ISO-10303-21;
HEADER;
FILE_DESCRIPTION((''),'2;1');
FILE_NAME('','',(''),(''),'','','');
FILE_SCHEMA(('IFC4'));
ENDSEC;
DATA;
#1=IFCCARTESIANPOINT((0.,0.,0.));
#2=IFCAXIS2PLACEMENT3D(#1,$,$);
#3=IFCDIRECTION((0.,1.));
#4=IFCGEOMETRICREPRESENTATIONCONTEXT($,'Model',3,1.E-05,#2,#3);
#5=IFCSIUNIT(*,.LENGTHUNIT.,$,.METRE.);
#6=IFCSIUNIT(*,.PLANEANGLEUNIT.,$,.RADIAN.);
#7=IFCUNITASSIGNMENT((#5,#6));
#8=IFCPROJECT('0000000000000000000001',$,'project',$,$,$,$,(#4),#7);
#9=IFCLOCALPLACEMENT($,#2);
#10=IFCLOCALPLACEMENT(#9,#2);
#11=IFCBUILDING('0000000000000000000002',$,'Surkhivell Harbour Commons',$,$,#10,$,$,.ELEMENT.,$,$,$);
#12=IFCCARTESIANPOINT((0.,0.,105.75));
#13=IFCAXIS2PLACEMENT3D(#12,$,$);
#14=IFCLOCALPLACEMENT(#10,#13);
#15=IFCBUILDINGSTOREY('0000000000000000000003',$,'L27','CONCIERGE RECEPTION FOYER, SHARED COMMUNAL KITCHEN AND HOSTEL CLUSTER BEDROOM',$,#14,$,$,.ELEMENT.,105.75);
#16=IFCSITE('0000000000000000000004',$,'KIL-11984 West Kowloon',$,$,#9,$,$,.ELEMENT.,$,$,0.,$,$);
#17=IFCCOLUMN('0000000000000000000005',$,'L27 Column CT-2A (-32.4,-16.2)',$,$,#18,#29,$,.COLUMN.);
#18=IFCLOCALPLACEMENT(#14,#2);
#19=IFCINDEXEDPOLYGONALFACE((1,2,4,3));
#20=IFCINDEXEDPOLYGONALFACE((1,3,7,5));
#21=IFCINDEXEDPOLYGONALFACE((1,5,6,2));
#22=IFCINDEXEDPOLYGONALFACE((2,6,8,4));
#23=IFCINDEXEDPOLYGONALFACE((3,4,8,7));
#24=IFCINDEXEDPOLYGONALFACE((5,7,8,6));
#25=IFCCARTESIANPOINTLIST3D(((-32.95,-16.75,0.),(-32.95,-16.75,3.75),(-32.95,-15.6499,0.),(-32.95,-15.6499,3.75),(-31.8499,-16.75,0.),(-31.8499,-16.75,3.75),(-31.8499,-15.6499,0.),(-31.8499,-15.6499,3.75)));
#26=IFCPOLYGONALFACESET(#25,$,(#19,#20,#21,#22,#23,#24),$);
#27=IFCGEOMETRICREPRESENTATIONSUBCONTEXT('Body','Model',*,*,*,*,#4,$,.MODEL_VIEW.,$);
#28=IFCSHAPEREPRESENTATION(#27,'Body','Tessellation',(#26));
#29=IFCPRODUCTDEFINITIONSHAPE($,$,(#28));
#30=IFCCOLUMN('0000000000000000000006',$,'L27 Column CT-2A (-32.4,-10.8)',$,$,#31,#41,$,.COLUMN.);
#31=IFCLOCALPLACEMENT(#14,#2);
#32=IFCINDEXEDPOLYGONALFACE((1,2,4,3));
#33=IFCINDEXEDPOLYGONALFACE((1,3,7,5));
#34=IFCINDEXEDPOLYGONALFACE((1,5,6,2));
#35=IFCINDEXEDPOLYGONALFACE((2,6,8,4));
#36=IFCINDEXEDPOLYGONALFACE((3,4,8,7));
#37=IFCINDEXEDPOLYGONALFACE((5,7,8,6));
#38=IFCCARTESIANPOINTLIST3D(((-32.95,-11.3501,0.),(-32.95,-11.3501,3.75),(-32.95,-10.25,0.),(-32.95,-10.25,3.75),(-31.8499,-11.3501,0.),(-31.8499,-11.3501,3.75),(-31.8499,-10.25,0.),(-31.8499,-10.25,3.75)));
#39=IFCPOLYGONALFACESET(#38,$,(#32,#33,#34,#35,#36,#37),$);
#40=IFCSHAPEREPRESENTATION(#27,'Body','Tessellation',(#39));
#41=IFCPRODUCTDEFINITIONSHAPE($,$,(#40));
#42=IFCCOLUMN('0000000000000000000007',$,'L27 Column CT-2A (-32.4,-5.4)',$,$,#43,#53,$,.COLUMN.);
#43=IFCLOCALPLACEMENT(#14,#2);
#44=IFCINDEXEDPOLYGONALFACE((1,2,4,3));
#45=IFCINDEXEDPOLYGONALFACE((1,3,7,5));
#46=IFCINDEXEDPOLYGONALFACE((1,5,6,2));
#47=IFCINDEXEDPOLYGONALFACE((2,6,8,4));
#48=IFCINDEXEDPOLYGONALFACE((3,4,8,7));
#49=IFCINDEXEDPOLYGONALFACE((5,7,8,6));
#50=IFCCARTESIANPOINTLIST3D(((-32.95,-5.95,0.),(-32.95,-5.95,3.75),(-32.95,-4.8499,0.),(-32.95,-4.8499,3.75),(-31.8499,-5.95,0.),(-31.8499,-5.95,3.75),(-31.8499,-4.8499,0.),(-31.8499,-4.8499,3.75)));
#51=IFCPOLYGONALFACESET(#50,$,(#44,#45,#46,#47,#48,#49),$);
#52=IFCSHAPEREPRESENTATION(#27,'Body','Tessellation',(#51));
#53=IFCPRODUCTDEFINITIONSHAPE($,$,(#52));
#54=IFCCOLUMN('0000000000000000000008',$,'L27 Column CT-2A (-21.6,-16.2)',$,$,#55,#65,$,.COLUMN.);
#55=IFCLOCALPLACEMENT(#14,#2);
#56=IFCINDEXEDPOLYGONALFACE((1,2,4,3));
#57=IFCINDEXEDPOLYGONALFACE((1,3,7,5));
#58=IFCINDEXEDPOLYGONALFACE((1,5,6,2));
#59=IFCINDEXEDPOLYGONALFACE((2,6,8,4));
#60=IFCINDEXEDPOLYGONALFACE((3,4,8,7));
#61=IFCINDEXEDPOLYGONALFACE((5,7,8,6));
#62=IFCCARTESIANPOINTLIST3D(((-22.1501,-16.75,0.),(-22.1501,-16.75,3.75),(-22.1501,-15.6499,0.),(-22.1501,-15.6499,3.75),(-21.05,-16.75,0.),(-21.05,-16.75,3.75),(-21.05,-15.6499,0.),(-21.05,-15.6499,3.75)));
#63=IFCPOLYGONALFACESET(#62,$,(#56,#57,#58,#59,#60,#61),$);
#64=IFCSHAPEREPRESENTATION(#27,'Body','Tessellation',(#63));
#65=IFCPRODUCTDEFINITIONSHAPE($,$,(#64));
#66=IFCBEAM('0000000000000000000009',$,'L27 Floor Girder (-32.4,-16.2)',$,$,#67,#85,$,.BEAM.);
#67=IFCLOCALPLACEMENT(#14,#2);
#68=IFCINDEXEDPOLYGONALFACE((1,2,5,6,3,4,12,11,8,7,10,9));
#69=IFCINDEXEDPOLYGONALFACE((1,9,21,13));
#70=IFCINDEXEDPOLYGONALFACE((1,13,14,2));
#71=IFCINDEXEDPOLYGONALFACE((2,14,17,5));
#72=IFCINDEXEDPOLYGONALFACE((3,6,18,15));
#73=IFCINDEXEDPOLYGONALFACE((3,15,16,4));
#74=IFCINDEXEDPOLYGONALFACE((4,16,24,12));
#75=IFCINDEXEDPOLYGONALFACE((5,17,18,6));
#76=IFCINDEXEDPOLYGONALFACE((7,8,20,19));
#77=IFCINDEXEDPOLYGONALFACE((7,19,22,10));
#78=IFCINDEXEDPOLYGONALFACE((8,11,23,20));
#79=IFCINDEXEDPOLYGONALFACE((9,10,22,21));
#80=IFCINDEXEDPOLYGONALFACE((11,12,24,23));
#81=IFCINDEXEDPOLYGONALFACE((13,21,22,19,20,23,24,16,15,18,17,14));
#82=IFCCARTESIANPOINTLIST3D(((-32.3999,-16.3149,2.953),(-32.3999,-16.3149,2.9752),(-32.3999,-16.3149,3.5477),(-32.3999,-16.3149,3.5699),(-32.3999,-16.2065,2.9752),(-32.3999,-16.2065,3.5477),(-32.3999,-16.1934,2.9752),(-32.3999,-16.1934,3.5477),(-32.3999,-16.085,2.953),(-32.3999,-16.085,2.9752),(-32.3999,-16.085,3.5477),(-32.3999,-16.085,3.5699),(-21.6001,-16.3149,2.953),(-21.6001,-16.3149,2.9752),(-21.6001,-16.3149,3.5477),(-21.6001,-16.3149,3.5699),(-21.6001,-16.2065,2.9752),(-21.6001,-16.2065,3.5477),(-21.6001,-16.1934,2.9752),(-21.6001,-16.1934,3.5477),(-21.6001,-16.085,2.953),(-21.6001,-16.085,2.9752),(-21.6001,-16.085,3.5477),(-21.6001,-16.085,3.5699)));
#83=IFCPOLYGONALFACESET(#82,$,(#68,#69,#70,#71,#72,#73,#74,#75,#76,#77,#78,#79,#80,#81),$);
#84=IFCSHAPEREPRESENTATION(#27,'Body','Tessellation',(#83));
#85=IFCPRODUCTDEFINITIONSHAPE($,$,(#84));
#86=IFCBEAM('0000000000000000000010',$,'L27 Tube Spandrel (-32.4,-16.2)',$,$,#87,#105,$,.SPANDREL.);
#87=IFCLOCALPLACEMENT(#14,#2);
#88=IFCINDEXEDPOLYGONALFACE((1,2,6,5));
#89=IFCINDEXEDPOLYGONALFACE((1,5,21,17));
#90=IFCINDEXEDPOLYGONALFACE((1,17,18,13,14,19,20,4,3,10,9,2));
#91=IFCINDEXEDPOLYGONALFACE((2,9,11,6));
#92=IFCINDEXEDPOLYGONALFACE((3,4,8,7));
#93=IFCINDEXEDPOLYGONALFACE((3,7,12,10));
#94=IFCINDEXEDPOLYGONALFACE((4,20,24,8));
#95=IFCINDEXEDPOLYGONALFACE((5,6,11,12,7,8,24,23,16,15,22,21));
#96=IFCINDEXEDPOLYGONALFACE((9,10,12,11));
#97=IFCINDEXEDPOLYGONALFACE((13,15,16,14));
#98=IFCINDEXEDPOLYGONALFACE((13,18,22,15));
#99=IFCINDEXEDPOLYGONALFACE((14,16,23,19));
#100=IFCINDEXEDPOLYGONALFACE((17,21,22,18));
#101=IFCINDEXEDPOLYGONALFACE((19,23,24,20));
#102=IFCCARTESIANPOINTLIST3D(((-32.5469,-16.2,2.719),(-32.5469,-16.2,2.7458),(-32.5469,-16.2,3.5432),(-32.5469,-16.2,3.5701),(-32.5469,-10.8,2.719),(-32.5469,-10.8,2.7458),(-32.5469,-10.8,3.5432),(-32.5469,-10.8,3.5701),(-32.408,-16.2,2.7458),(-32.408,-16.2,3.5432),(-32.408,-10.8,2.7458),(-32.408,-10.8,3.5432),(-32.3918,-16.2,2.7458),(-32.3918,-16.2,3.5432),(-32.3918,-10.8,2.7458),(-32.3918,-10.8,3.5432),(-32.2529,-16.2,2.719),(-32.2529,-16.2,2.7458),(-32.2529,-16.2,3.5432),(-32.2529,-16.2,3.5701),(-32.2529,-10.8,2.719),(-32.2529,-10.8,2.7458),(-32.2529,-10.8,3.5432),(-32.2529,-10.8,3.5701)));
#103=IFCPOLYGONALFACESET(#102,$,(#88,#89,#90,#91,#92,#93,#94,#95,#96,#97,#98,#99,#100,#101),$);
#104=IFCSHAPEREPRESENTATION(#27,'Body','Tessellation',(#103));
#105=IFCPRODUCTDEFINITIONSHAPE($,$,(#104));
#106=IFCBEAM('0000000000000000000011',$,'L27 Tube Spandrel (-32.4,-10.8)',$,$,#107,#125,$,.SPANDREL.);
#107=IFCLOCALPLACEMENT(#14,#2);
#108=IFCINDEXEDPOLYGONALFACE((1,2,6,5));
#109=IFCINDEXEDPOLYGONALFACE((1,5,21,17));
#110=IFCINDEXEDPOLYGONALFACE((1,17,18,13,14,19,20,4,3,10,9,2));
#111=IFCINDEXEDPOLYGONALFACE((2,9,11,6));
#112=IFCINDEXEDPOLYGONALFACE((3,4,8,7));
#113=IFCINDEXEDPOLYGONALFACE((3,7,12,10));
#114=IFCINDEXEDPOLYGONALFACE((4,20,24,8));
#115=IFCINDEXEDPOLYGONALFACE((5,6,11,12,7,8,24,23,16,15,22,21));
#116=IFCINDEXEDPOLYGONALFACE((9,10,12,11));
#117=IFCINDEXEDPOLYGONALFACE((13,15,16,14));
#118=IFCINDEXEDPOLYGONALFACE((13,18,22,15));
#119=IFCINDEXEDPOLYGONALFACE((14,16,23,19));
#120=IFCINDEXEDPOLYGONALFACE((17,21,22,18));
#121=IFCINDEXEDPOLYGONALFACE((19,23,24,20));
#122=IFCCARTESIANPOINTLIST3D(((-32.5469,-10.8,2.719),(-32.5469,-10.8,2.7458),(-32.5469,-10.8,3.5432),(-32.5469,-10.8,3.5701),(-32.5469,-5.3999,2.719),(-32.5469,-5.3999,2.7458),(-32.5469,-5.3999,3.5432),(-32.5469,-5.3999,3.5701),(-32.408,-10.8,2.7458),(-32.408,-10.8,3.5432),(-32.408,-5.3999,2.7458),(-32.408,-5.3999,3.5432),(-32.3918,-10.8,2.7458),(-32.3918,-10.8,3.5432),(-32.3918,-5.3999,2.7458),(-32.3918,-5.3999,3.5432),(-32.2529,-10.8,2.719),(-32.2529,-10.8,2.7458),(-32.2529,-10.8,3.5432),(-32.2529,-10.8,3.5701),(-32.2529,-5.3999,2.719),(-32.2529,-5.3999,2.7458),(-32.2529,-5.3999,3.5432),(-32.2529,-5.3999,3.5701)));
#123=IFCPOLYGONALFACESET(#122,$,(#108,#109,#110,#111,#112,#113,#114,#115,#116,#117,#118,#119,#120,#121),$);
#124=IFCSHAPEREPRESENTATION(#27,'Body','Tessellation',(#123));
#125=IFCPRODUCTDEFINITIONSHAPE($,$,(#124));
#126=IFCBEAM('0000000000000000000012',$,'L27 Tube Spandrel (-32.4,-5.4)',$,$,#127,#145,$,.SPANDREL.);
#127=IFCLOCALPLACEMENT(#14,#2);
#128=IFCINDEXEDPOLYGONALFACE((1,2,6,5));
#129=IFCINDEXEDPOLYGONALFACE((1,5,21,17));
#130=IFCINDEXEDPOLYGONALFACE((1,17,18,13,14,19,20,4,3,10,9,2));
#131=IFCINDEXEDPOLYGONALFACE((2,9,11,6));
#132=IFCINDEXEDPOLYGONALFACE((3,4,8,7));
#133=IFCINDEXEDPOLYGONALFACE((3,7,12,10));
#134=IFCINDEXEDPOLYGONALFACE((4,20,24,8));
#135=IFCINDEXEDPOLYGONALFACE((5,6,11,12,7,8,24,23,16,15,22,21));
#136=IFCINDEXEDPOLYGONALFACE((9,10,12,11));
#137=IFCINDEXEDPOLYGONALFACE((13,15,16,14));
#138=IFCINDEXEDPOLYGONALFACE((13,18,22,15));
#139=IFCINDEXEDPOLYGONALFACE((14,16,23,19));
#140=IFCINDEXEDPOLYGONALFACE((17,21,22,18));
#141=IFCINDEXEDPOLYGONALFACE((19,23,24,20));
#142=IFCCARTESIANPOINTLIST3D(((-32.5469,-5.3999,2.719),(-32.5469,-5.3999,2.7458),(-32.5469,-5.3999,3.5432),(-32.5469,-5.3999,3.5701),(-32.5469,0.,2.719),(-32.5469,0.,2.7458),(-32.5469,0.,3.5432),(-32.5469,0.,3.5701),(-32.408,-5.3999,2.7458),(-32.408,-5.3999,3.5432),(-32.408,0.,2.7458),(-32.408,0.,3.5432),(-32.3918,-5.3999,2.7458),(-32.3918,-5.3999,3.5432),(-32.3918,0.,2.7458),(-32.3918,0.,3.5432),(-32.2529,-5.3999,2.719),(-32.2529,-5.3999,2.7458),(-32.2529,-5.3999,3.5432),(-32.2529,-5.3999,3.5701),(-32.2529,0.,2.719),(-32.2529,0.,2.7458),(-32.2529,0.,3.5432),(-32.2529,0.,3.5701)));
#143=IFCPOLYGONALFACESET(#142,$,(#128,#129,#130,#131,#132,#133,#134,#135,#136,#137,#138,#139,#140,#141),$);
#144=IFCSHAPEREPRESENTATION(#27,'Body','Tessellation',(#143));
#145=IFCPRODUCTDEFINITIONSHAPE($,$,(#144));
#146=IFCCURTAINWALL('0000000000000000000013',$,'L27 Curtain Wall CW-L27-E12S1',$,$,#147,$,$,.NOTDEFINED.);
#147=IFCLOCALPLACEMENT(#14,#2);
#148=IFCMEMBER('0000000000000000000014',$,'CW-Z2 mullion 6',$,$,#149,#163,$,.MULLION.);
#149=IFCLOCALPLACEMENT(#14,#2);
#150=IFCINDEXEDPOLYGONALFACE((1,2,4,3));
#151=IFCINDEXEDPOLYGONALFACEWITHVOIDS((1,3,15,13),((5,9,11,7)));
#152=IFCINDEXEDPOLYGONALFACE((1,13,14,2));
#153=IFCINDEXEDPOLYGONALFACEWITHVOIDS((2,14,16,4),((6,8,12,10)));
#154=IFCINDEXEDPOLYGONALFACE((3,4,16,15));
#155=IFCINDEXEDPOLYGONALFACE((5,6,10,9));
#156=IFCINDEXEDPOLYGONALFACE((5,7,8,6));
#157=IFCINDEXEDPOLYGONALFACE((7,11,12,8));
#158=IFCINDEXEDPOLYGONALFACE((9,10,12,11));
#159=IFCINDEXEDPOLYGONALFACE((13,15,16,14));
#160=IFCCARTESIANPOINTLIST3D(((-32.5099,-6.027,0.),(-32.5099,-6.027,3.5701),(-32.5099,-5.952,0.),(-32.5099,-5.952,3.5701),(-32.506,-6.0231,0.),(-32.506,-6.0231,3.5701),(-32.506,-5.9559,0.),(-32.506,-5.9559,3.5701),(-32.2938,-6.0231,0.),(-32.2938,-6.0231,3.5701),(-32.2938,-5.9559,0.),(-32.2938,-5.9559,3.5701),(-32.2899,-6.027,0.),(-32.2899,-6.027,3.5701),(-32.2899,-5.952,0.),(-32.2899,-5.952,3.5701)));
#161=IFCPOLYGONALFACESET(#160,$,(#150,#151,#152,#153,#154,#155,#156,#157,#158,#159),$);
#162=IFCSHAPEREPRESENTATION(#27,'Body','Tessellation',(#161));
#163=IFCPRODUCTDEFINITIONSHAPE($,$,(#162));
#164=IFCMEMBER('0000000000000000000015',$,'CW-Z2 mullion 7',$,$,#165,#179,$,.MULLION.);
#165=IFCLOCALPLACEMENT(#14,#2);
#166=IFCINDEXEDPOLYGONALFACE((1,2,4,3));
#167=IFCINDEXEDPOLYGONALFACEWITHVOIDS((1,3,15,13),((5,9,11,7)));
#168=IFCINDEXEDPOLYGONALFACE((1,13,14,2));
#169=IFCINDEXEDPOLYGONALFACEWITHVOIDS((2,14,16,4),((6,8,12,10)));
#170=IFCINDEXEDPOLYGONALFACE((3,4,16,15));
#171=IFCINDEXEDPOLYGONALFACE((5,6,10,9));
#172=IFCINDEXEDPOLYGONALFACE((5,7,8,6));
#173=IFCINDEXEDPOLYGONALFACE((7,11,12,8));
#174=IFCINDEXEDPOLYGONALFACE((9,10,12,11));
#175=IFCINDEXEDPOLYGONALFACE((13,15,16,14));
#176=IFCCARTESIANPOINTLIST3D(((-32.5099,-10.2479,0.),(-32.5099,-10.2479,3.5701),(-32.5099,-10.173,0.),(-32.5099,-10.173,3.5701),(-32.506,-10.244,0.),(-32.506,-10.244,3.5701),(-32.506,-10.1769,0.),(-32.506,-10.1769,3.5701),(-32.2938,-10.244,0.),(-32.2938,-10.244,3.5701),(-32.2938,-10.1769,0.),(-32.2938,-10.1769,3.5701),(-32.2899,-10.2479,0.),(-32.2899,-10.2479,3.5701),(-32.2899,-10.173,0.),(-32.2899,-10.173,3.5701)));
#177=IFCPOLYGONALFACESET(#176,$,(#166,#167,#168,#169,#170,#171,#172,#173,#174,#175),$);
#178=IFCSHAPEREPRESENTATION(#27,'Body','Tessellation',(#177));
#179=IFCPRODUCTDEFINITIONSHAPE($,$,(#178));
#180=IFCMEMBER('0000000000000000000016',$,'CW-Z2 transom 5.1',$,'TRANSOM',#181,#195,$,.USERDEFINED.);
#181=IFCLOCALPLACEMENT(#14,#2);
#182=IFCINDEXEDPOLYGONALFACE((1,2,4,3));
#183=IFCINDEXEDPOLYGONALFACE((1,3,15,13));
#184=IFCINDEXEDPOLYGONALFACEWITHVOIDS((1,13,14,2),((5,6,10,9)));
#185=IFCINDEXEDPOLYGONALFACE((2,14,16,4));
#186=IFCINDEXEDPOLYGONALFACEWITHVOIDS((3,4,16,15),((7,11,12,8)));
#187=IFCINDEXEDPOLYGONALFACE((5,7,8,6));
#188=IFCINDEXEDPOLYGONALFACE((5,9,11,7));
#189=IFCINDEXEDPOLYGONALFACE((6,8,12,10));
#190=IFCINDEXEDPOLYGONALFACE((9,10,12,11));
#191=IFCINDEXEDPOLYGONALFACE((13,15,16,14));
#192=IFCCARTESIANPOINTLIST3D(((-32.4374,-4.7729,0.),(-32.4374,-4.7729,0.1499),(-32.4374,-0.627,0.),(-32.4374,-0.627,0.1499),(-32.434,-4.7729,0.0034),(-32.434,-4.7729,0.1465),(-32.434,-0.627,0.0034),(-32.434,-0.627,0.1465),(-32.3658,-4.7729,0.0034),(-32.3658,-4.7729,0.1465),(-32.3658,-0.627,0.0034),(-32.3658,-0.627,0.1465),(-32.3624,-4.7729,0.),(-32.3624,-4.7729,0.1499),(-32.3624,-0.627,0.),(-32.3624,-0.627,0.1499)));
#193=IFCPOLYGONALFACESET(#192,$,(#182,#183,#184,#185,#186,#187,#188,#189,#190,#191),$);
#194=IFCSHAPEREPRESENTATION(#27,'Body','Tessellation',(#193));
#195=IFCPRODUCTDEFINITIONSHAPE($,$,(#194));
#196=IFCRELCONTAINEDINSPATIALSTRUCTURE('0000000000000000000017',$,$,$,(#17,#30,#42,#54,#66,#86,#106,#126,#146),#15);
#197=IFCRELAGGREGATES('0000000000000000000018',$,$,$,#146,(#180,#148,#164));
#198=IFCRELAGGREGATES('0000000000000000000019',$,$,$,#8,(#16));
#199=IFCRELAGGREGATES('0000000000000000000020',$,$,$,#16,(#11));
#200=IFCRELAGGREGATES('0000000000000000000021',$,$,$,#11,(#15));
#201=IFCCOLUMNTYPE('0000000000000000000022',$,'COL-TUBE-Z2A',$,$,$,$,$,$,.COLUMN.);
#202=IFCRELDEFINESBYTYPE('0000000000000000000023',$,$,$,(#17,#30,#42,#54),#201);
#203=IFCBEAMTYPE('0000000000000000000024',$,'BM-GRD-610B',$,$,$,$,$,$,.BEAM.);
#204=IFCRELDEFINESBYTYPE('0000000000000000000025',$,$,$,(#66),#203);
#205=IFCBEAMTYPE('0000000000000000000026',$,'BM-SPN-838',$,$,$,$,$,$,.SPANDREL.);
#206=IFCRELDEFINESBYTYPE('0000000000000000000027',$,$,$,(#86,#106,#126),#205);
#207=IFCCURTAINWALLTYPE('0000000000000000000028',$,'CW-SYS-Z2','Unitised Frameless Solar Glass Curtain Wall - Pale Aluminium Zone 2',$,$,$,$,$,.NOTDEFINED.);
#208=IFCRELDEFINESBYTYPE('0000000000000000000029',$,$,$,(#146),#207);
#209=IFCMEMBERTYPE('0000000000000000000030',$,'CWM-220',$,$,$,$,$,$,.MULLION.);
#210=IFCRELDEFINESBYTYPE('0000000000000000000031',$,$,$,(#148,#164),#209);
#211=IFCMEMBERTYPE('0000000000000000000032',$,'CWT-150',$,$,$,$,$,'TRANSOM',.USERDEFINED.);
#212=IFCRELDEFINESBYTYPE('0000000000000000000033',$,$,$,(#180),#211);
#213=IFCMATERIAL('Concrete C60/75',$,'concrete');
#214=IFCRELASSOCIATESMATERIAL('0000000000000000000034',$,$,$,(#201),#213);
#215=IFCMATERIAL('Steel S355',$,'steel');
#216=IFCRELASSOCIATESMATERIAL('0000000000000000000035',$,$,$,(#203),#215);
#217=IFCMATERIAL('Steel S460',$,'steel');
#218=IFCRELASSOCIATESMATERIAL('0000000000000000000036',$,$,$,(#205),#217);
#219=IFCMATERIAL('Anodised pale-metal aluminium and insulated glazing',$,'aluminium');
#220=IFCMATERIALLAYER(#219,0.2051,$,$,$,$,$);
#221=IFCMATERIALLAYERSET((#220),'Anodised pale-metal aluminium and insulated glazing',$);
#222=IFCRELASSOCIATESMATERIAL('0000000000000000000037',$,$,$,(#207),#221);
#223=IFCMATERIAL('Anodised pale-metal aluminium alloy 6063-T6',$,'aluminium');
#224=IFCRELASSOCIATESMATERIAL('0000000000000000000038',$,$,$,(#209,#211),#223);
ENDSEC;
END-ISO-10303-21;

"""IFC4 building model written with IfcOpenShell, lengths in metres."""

from ifc_helpers import new_model, si_unit, direction, frame, origin, origin_2d, place, context, subcontext, project, spatial, rectangle, hollow_rectangle, i_section, extrude, material, layer, layer_set, material_profile, profile_set, type_object, element, aggregate, save


model = new_model("IFC4")

# Units and contexts
model_context = context("Model", 3, precision=1e-05, world=origin(), true_north=direction((0.0, 1.0)))
body_context = subcontext(model_context, "Body", "Model", "MODEL_VIEW")
ifc_project = project(units=[si_unit("LENGTHUNIT", "METRE"), si_unit("PLANEANGLEUNIT", "RADIAN")], contexts=[model_context])

# Site, building, storey
site_placement = place(None, origin())
site = spatial("IfcSite", under=ifc_project, at=site_placement, Name="KIL-11984 West Kowloon", CompositionType="ELEMENT", RefElevation=0.0)
building_placement = place(site_placement, origin())
building = spatial("IfcBuilding", under=site, at=building_placement, Name="Surkhivell Harbour Commons", CompositionType="ELEMENT")
storey_placement = place(building_placement, frame((0.0, 0.0, 105.75)))
storey = spatial("IfcBuildingStorey", under=building, at=storey_placement, Name="L27", Description="CONCIERGE RECEPTION FOYER, SHARED COMMUNAL KITCHEN AND HOSTEL CLUSTER BEDROOM", CompositionType="ELEMENT", Elevation=105.75)

# Columns
ifc_material_1 = material(Name="Concrete C60/75", Category="concrete")
ifc_material_profile_1 = material_profile(ifc_material_1, rectangle(XDim=1.1001, YDim=1.1001, at=origin_2d()), Name="RC-COL-1100x1100")
ifc_profile_set_1 = profile_set([ifc_material_profile_1], Name="Concrete C60/75")
column_type = type_object("IfcColumnType", Name="COL-TUBE-Z2A", PredefinedType="COLUMN", material=ifc_profile_set_1)
for number, where, z_axis, x_axis, name in (
    (1, (-32.3999, -16.2, 0.0), (0.0, 0.0, 1.0), (1.0, 0.0, 0.0), "L27 Column CT-2A (-32.4,-16.2)"),
    (2, (-32.3999, -10.8, 0.0), (0.0, 0.0, 1.0), (1.0, 0.0, 0.0), "L27 Column CT-2A (-32.4,-10.8)"),
    (3, (-32.3999, -5.3999, 0.0), (0.0, 0.0, 1.0), (1.0, 0.0, 0.0), "L27 Column CT-2A (-32.4,-5.4)"),
    (4, (-21.6001, -16.2, 0.0), (0.0, 0.0, 1.0), (1.0, 0.0, 0.0), "L27 Column CT-2A (-21.6,-16.2)"),
):
    element("IfcColumn", number, at=place(storey_placement, frame(where, z_axis=z_axis, x_axis=x_axis)), inside=storey, type_object=column_type, Name=name, PredefinedType="COLUMN", context=body_context, shape_type="SweptSolid", body=[
        extrude(rectangle(XDim=1.1001, YDim=1.1001, at=origin_2d()), origin(), (0.0, 0.0, 1.0), 3.75),
    ])

# Beams
ifc_material_2 = material(Name="Steel S355", Category="steel")
ifc_material_profile_2 = material_profile(ifc_material_2, i_section(OverallWidth=0.23, OverallDepth=0.6169, WebThickness=0.0132, FlangeThickness=0.0222, at=origin_2d()), Name="UB610x229x140")
ifc_profile_set_2 = profile_set([ifc_material_profile_2], Name="Steel S355")
beam_type_1 = type_object("IfcBeamType", Name="BM-GRD-610B", PredefinedType="BEAM", material=ifc_profile_set_2)
beam_1_placement = place(storey_placement, frame((-32.3999, -16.2, 3.2615), z_axis=(1.0, 0.0, 0.0), x_axis=(0.0, 1.0, 0.0)))
element("IfcBeam", 5, at=beam_1_placement, inside=storey, type_object=beam_type_1, Name="L27 Floor Girder (-32.4,-16.2)", PredefinedType="BEAM", context=body_context, shape_type="SweptSolid", body=[
    extrude(i_section(OverallWidth=0.23, OverallDepth=0.6169, WebThickness=0.0132, FlangeThickness=0.0222, at=origin_2d()), origin(), (0.0, 0.0, 1.0), 10.7998),
])
ifc_material_3 = material(Name="Steel S460", Category="steel")
ifc_material_profile_3 = material_profile(ifc_material_3, i_section(OverallWidth=0.2939, OverallDepth=0.8511, WebThickness=0.0161, FlangeThickness=0.0269, at=origin_2d()), Name="UB838x292x226")
ifc_profile_set_3 = profile_set([ifc_material_profile_3], Name="Steel S460")
beam_type_2 = type_object("IfcBeamType", Name="BM-SPN-838", PredefinedType="SPANDREL", material=ifc_profile_set_3)
beam_2_placement = place(storey_placement, frame((-32.3999, -16.2, 3.1445), z_axis=(0.0, 1.0, 0.0), x_axis=(-1.0, 0.0, 0.0)))
element("IfcBeam", 6, at=beam_2_placement, inside=storey, type_object=beam_type_2, Name="L27 Tube Spandrel (-32.4,-16.2)", PredefinedType="SPANDREL", context=body_context, shape_type="SweptSolid", body=[
    extrude(i_section(OverallWidth=0.2939, OverallDepth=0.8511, WebThickness=0.0161, FlangeThickness=0.0269, at=origin_2d()), origin(), (0.0, 0.0, 1.0), 5.3999),
])
beam_3_placement = place(storey_placement, frame((-32.3999, -10.8, 3.1445), z_axis=(0.0, 1.0, 0.0), x_axis=(-1.0, 0.0, 0.0)))
element("IfcBeam", 7, at=beam_3_placement, inside=storey, type_object=beam_type_2, Name="L27 Tube Spandrel (-32.4,-10.8)", PredefinedType="SPANDREL", context=body_context, shape_type="SweptSolid", body=[
    extrude(i_section(OverallWidth=0.2939, OverallDepth=0.8511, WebThickness=0.0161, FlangeThickness=0.0269, at=origin_2d()), origin(), (0.0, 0.0, 1.0), 5.4001),
])
beam_4_placement = place(storey_placement, frame((-32.3999, -5.3999, 3.1445), z_axis=(0.0, 1.0, 0.0), x_axis=(-1.0, 0.0, 0.0)))
element("IfcBeam", 8, at=beam_4_placement, inside=storey, type_object=beam_type_2, Name="L27 Tube Spandrel (-32.4,-5.4)", PredefinedType="SPANDREL", context=body_context, shape_type="SweptSolid", body=[
    extrude(i_section(OverallWidth=0.2939, OverallDepth=0.8511, WebThickness=0.0161, FlangeThickness=0.0269, at=origin_2d()), origin(), (0.0, 0.0, 1.0), 5.3999),
])

# Curtain wall, members
ifc_material_4 = material(Name="Anodised pale-metal aluminium and insulated glazing", Category="aluminium")
ifc_layer_1 = layer(ifc_material_4, 0.2051)
ifc_layer_set_1 = layer_set([ifc_layer_1], Name="Anodised pale-metal aluminium and insulated glazing")
curtain_wall_type = type_object("IfcCurtainWallType", Name="CW-SYS-Z2", Description="Unitised Frameless Solar Glass Curtain Wall - Pale Aluminium Zone 2", PredefinedType="NOTDEFINED", material=ifc_layer_set_1)
curtain_wall_placement = place(storey_placement, origin())
curtain_wall = element("IfcCurtainWall", 9, at=curtain_wall_placement, inside=storey, type_object=curtain_wall_type, Name="L27 Curtain Wall CW-L27-E12S1", PredefinedType="NOTDEFINED")
ifc_material_5 = material(Name="Anodised pale-metal aluminium alloy 6063-T6", Category="aluminium")
ifc_material_profile_4 = material_profile(ifc_material_5, hollow_rectangle(XDim=0.075, YDim=0.22, WallThickness=0.0039, at=origin_2d()), Name="ALU-MULL-75x220")
ifc_profile_set_4 = profile_set([ifc_material_profile_4], Name="Anodised pale-metal aluminium alloy 6063-T6")
member_type_1 = type_object("IfcMemberType", Name="CWM-220", PredefinedType="MULLION", material=ifc_profile_set_4)
member_1_placement = place(storey_placement, frame((-32.3999, -5.9895, 0.0), z_axis=(0.0, 0.0, 1.0), x_axis=(0.0, -1.0, 0.0)))
member_1 = element("IfcMember", 10, at=member_1_placement, type_object=member_type_1, Name="CW-Z2 mullion 6", PredefinedType="MULLION", context=body_context, shape_type="SweptSolid", body=[
    extrude(hollow_rectangle(XDim=0.075, YDim=0.22, WallThickness=0.0039, at=origin_2d()), origin(), (0.0, 0.0, 1.0), 3.5701),
])
member_2_placement = place(storey_placement, frame((-32.3999, -10.2104, 0.0), z_axis=(0.0, 0.0, 1.0), x_axis=(0.0, -1.0, 0.0)))
member_2 = element("IfcMember", 11, at=member_2_placement, type_object=member_type_1, Name="CW-Z2 mullion 7", PredefinedType="MULLION", context=body_context, shape_type="SweptSolid", body=[
    extrude(hollow_rectangle(XDim=0.075, YDim=0.22, WallThickness=0.0039, at=origin_2d()), origin(), (0.0, 0.0, 1.0), 3.5701),
])
ifc_material_profile_5 = material_profile(ifc_material_5, hollow_rectangle(XDim=0.075, YDim=0.1499, WallThickness=0.0034, at=origin_2d()), Name="ALU-TRAN-75x150")
ifc_profile_set_5 = profile_set([ifc_material_profile_5], Name="Anodised pale-metal aluminium alloy 6063-T6")
member_type_2 = type_object("IfcMemberType", Name="CWT-150", ElementType="TRANSOM", PredefinedType="USERDEFINED", material=ifc_profile_set_5)
member_3_placement = place(storey_placement, frame((-32.3999, -0.627, 0.075), z_axis=(0.0, -1.0, 0.0), x_axis=(1.0, 0.0, 0.0)))
member_3 = element("IfcMember", 12, at=member_3_placement, type_object=member_type_2, Name="CW-Z2 transom 5.1", ObjectType="TRANSOM", PredefinedType="USERDEFINED", context=body_context, shape_type="SweptSolid", body=[
    extrude(hollow_rectangle(XDim=0.075, YDim=0.1499, WallThickness=0.0034, at=origin_2d()), origin(), (0.0, 0.0, 1.0), 4.146),
])

aggregate(curtain_wall, [member_3, member_1, member_2])

save(model, "model.ifc")
